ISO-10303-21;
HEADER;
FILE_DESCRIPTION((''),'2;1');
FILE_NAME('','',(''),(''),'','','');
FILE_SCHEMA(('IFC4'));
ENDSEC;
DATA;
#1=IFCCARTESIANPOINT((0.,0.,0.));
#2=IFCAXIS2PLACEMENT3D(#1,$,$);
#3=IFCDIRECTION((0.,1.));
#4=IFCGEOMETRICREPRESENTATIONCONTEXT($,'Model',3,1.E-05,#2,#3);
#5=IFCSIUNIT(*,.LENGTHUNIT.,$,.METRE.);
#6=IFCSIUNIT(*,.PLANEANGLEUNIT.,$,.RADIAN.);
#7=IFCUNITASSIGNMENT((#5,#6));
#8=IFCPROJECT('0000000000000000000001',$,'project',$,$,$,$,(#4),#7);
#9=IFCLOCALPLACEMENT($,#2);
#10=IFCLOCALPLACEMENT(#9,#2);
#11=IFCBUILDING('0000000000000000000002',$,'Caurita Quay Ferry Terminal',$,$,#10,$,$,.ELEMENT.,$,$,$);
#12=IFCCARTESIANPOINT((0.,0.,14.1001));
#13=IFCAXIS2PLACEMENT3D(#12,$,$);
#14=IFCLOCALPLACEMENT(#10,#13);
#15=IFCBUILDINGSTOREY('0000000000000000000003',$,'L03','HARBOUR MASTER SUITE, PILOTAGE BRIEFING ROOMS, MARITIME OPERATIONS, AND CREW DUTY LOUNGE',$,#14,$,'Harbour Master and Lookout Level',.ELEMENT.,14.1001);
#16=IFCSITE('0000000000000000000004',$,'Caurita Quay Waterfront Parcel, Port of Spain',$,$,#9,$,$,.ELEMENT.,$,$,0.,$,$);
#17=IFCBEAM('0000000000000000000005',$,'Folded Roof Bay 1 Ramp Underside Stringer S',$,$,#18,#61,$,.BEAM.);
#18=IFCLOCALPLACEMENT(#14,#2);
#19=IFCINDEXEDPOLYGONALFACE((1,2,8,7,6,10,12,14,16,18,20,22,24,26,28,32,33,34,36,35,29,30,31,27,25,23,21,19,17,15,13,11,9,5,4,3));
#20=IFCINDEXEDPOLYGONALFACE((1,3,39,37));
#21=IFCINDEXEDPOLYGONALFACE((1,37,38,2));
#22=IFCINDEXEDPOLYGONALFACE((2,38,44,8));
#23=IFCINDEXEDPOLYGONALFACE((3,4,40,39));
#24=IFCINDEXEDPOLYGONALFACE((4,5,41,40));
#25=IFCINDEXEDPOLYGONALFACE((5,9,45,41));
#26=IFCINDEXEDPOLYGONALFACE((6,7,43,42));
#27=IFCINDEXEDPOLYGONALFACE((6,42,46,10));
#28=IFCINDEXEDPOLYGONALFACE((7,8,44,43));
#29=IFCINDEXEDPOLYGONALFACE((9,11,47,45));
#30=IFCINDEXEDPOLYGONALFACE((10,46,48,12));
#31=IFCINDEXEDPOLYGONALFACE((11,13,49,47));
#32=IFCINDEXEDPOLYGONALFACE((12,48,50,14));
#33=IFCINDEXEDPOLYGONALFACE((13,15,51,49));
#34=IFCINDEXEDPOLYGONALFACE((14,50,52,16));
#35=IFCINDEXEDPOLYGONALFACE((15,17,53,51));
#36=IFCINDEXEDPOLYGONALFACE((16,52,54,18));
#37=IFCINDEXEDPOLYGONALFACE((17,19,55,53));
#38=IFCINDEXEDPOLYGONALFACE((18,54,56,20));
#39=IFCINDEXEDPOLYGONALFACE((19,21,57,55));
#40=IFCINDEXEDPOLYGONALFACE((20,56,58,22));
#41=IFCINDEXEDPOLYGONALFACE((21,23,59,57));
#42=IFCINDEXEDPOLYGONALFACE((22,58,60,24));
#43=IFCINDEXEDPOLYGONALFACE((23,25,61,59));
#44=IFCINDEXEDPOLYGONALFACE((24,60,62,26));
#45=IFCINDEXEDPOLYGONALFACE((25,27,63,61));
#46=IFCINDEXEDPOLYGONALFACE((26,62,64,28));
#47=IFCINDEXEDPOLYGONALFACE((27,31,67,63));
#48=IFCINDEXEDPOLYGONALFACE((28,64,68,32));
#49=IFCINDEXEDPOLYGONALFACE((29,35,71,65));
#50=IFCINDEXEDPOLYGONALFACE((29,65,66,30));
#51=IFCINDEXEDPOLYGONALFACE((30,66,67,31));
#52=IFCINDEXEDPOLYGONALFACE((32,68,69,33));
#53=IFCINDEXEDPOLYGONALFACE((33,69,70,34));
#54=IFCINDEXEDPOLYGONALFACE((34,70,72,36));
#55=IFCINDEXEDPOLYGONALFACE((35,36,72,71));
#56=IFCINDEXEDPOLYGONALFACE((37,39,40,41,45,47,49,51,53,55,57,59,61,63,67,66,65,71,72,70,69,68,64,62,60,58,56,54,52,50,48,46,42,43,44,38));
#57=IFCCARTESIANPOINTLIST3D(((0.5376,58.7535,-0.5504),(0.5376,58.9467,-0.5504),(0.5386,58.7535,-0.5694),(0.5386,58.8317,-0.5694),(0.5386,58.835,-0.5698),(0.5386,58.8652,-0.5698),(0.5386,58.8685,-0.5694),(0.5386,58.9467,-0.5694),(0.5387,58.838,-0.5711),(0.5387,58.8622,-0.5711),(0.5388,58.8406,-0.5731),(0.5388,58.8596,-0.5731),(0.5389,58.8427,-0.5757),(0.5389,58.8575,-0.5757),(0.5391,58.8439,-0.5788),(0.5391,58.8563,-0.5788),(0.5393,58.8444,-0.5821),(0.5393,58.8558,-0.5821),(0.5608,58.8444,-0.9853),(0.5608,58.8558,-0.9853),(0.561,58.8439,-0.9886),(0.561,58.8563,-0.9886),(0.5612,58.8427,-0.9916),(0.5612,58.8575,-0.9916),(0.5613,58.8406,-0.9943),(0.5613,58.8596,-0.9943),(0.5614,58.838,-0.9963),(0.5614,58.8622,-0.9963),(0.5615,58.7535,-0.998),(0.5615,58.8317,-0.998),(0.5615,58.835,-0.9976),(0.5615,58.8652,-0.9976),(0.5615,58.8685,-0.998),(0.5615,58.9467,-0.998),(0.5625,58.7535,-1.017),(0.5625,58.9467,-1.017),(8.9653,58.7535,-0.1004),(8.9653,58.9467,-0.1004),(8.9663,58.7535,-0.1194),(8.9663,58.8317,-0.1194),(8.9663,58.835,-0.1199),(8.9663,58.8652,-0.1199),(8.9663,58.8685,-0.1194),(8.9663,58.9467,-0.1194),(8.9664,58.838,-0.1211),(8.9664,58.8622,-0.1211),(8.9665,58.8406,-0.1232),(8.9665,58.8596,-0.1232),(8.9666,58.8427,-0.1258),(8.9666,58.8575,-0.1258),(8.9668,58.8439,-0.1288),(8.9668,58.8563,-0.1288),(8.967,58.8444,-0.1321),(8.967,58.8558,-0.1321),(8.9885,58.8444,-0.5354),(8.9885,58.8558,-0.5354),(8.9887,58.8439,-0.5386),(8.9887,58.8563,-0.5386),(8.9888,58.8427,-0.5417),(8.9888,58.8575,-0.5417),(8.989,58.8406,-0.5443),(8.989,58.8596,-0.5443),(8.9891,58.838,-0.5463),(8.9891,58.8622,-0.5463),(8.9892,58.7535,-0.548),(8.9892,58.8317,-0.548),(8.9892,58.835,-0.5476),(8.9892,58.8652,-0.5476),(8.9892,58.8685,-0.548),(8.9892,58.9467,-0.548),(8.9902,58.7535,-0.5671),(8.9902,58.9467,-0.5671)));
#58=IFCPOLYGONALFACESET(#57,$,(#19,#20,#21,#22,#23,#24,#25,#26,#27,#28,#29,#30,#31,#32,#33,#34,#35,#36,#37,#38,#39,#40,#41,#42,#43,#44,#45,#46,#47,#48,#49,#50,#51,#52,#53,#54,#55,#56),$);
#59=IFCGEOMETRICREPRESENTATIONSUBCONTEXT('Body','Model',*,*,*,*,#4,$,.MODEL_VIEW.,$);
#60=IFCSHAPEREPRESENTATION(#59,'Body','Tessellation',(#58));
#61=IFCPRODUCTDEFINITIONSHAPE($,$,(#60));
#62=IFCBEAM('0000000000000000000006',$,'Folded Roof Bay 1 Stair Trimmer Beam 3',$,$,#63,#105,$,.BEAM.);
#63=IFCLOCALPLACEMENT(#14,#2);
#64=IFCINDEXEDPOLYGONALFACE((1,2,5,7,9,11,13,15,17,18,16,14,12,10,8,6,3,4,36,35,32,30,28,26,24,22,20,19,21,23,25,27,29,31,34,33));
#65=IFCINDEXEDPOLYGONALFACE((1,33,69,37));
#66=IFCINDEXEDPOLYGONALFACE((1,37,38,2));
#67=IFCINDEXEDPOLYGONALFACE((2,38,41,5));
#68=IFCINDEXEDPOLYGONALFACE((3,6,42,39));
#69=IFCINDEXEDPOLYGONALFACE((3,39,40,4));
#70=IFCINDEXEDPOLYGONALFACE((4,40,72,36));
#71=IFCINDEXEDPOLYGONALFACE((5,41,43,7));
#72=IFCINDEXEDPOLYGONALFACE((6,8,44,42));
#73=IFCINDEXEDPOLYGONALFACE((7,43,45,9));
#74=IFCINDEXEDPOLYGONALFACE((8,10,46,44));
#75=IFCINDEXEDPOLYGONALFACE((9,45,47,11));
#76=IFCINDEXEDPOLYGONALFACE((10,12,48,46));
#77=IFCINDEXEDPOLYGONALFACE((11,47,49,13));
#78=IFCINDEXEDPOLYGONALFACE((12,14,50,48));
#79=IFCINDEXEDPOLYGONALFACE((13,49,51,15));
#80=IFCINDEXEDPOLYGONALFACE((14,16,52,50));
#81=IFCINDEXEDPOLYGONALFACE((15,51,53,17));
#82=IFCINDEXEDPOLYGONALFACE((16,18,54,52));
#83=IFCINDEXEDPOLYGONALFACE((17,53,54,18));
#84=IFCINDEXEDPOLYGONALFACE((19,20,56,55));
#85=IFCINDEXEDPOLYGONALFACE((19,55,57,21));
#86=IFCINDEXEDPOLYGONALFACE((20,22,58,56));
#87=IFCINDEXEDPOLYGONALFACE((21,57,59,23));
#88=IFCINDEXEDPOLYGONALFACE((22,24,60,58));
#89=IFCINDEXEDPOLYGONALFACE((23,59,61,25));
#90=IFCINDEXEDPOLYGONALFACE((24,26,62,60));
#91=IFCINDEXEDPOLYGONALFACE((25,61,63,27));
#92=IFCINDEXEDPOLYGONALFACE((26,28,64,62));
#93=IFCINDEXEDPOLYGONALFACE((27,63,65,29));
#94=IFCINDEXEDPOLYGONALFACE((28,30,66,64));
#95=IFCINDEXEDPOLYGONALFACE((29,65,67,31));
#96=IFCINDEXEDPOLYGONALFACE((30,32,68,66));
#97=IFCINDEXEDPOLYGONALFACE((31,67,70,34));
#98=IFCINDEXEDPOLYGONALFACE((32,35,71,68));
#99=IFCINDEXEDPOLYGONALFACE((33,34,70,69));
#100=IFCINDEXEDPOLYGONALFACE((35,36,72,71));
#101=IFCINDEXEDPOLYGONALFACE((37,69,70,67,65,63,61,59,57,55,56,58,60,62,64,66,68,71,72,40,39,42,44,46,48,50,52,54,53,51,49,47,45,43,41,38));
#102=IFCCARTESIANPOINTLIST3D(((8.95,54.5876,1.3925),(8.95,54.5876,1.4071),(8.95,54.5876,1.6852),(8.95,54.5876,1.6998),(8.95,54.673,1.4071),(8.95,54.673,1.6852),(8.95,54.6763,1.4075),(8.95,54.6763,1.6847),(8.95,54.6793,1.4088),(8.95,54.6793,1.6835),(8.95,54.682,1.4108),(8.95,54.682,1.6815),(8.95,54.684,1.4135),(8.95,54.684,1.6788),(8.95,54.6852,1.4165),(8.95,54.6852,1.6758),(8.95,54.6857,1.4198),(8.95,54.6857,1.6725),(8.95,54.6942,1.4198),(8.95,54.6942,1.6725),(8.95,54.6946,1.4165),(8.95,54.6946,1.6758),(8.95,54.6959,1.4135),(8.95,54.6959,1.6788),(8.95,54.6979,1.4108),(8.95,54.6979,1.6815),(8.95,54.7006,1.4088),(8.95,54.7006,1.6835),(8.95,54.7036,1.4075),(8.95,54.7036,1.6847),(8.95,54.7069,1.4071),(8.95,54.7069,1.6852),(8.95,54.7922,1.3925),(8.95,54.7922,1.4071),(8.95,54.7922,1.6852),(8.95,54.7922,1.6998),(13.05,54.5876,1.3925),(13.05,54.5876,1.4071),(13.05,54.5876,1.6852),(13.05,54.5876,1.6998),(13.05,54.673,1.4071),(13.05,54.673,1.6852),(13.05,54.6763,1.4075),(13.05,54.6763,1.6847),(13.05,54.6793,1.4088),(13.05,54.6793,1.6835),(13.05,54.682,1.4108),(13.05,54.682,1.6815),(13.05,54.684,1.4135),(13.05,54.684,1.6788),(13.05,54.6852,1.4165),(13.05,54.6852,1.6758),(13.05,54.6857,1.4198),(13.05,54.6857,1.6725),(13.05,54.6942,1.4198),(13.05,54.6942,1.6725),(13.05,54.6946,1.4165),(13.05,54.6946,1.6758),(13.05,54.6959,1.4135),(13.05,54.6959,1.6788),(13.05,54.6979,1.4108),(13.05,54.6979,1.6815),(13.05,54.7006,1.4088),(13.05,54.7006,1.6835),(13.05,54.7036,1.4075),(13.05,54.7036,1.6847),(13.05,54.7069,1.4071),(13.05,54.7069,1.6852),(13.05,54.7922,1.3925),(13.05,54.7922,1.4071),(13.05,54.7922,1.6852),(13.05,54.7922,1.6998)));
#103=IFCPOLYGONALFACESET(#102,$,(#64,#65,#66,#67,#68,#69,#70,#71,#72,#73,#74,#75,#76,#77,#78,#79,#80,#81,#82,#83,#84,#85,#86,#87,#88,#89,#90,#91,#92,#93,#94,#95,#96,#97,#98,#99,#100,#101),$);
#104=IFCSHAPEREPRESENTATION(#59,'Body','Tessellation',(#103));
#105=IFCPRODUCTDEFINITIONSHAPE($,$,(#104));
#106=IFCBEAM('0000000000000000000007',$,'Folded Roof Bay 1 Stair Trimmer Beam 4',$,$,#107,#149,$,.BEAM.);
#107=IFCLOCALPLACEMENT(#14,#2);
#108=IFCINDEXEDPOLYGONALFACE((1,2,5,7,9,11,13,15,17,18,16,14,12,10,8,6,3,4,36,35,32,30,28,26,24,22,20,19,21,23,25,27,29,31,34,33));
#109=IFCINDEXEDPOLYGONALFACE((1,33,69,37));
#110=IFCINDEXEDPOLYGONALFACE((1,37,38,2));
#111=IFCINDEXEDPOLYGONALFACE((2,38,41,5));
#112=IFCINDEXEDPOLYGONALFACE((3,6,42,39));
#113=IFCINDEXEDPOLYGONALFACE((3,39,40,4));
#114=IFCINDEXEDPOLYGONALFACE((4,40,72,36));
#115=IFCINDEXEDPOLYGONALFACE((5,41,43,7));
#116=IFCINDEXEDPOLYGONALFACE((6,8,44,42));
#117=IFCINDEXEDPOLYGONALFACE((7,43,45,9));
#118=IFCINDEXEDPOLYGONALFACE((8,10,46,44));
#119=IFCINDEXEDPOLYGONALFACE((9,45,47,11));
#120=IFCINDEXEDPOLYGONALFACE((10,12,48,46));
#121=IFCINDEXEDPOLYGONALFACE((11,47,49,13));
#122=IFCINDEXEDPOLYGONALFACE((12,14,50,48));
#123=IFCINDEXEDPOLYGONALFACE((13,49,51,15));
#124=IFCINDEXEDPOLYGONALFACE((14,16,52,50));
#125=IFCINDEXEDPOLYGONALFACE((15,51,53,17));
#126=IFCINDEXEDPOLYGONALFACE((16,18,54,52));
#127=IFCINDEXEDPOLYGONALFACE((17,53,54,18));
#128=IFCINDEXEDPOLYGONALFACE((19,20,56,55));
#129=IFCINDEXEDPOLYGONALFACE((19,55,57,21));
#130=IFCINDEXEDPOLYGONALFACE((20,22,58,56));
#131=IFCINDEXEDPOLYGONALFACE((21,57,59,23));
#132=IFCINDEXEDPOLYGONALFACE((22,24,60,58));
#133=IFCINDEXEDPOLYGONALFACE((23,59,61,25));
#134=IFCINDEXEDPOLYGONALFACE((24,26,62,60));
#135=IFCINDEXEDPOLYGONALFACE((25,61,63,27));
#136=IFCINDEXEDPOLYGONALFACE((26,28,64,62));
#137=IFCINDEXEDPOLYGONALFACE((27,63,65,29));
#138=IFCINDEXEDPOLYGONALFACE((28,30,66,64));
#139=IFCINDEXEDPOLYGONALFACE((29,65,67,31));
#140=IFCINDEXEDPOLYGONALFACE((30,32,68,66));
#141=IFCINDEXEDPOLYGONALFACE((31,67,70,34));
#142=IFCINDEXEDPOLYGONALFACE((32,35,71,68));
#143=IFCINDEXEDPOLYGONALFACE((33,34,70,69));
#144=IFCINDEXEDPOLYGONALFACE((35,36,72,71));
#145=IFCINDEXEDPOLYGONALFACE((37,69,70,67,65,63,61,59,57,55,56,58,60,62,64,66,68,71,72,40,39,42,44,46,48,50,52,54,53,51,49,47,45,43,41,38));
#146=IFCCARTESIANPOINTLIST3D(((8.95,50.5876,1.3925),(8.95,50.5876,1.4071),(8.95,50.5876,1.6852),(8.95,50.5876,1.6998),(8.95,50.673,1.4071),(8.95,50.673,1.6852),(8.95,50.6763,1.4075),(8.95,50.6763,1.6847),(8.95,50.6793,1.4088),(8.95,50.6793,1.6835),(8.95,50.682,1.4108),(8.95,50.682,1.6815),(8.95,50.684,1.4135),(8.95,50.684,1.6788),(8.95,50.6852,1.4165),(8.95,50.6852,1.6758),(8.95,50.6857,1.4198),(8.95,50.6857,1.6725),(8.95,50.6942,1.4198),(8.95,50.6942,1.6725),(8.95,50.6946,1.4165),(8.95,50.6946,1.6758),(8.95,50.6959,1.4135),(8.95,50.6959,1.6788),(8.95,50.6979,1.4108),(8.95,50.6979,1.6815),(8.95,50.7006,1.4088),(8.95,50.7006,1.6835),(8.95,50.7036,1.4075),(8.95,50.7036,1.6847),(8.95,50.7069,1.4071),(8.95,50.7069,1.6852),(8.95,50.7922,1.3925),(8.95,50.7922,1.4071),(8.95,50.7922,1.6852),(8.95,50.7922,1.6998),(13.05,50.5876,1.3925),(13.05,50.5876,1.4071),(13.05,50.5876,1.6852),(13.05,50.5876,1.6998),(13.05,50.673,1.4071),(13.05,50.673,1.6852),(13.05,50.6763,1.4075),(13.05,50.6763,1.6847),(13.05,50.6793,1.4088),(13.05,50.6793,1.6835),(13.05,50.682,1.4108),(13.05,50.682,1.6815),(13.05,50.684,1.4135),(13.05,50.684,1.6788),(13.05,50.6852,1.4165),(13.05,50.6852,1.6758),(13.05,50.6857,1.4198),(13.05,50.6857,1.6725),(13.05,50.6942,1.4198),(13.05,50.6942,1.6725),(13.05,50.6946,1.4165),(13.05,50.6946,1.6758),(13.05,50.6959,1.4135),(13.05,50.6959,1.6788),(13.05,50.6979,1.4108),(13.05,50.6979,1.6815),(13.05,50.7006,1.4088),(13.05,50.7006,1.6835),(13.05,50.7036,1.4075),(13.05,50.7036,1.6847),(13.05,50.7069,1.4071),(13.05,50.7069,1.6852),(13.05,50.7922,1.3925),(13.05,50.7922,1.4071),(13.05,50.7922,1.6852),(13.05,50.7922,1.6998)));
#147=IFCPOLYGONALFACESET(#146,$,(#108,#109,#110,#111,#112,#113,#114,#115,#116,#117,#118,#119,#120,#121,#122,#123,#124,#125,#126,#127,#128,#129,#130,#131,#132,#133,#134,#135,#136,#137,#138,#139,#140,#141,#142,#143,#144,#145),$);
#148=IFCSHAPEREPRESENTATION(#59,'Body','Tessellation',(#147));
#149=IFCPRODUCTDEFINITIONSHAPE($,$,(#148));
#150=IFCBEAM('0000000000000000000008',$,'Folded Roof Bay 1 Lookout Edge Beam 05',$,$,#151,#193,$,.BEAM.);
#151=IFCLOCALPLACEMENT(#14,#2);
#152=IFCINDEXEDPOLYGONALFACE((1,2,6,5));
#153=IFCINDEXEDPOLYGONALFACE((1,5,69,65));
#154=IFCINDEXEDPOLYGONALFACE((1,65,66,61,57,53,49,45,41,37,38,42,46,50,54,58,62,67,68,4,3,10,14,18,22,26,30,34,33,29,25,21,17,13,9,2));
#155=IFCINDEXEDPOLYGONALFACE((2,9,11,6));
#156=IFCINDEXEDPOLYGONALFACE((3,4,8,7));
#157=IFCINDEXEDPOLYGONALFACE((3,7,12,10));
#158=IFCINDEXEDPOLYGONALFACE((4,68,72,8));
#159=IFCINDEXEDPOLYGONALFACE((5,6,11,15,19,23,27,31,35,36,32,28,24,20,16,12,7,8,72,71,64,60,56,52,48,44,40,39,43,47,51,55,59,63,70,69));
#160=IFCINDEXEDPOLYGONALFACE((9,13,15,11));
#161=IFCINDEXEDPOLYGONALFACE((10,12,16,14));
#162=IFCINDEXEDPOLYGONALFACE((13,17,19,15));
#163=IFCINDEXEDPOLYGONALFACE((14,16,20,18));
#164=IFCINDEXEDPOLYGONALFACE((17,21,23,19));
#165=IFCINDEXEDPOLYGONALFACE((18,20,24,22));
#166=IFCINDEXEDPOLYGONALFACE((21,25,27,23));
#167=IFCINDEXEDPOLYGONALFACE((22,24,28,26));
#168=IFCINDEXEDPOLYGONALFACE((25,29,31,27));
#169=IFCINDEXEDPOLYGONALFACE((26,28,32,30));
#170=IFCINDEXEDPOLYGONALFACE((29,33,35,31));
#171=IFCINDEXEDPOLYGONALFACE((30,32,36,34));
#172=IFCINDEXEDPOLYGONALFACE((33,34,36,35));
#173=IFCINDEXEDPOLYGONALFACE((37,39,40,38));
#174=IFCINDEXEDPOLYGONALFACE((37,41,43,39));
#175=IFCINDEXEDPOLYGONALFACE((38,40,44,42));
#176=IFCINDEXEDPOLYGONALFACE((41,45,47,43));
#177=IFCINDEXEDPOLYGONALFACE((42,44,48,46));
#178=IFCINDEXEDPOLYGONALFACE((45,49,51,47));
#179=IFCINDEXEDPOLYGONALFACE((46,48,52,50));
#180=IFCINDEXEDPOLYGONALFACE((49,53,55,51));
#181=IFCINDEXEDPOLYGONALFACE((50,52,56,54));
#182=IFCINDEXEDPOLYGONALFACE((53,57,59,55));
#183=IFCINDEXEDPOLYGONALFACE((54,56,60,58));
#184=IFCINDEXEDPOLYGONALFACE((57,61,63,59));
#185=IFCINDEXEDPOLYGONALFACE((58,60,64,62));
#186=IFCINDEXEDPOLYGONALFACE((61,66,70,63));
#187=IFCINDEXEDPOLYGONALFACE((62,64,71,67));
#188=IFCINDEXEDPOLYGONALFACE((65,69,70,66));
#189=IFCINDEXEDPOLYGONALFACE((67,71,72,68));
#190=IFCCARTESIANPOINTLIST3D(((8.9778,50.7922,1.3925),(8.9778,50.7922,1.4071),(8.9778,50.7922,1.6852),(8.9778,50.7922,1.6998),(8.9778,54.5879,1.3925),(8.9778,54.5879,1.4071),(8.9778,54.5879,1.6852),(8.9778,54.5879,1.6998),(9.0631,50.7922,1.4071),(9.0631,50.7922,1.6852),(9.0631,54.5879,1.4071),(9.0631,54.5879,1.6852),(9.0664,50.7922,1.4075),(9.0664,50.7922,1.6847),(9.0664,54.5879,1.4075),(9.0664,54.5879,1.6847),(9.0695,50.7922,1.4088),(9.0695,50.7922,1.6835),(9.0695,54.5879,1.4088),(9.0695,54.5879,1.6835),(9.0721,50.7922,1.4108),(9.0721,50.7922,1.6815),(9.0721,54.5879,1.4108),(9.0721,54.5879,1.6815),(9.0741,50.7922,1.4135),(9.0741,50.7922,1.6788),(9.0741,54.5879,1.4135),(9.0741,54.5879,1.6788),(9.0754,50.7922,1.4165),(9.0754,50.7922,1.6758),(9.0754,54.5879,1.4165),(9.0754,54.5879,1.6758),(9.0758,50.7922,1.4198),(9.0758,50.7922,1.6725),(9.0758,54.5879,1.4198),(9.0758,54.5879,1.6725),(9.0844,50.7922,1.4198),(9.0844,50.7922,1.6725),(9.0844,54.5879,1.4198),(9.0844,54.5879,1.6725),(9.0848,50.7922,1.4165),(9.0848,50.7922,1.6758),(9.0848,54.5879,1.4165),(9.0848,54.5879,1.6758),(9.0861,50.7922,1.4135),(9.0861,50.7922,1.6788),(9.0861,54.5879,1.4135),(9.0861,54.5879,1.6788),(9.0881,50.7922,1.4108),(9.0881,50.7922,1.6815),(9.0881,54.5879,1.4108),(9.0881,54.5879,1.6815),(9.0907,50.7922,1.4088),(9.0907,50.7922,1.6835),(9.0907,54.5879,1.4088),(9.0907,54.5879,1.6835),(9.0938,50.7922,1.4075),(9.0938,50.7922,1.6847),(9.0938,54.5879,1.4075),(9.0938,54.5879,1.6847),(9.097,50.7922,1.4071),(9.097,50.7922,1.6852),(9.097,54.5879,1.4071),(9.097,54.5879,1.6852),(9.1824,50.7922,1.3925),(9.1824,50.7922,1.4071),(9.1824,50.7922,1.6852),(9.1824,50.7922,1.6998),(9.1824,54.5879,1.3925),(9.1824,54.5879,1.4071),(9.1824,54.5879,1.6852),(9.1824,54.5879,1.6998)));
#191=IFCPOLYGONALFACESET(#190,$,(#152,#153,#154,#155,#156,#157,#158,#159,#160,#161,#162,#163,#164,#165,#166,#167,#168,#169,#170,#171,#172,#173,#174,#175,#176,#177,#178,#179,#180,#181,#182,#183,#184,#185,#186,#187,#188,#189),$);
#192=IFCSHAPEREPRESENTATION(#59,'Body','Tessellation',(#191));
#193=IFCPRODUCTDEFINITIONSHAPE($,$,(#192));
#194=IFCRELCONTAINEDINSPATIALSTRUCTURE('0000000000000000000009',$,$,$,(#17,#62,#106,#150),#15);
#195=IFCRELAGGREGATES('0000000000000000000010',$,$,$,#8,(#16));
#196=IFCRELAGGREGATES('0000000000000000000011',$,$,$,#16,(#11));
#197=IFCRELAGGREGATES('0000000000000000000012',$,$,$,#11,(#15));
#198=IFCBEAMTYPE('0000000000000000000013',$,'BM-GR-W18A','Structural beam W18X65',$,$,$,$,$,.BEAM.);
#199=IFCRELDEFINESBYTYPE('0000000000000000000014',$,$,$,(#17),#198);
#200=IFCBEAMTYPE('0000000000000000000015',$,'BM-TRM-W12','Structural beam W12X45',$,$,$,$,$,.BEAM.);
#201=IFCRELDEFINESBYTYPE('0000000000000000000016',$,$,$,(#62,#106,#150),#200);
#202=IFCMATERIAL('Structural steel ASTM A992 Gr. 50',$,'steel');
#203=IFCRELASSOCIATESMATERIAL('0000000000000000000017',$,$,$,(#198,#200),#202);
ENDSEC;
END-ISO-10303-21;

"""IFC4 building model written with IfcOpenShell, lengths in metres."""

from ifc_helpers import new_model, si_unit, direction, frame, origin, origin_2d, place, context, subcontext, project, spatial, i_section, extrude, material, material_profile, profile_set, type_object, element, save


model = new_model("IFC4")

# Units and contexts
model_context = context("Model", 3, precision=1e-05, world=origin(), true_north=direction((0.0, 1.0)))
body_context = subcontext(model_context, "Body", "Model", "MODEL_VIEW")
ifc_project = project(units=[si_unit("LENGTHUNIT", "METRE"), si_unit("PLANEANGLEUNIT", "RADIAN")], contexts=[model_context])

# Site, building, storey
site_placement = place(None, origin())
site = spatial("IfcSite", under=ifc_project, at=site_placement, Name="Caurita Quay Waterfront Parcel, Port of Spain", CompositionType="ELEMENT", RefElevation=0.0)
building_placement = place(site_placement, origin())
building = spatial("IfcBuilding", under=site, at=building_placement, Name="Caurita Quay Ferry Terminal", CompositionType="ELEMENT")
storey_placement = place(building_placement, frame((0.0, 0.0, 14.1001)))
storey = spatial("IfcBuildingStorey", under=building, at=storey_placement, Name="L03", Description="HARBOUR MASTER SUITE, PILOTAGE BRIEFING ROOMS, MARITIME OPERATIONS, AND CREW DUTY LOUNGE", LongName="Harbour Master and Lookout Level", CompositionType="ELEMENT", Elevation=14.1001)

# Beams
ifc_material_1 = material(Name="Structural steel ASTM A992 Gr. 50", Category="steel")
ifc_material_profile_1 = material_profile(ifc_material_1, i_section(OverallWidth=0.1931, OverallDepth=0.4673, WebThickness=0.0115, FlangeThickness=0.019, FilletRadius=0.0127, at=origin_2d()), Name="W18X65")
ifc_profile_set_1 = profile_set([ifc_material_profile_1], Name="Structural steel ASTM A992 Gr. 50")
beam_type_1 = type_object("IfcBeamType", Name="BM-GR-W18A", Description="Structural beam W18X65", PredefinedType="BEAM", material=ifc_profile_set_1)
beam_placement = place(storey_placement, frame((0.55, 58.8501, -0.7837), z_axis=(0.998578, 0.0, 0.053313), x_axis=(0.0, 1.0, 0.0)))
element("IfcBeam", 1, at=beam_placement, inside=storey, type_object=beam_type_1, Name="Folded Roof Bay 1 Ramp Underside Stringer S", PredefinedType="BEAM", context=body_context, shape_type="SweptSolid", body=[
    extrude(i_section(OverallWidth=0.1931, OverallDepth=0.4673, WebThickness=0.0115, FlangeThickness=0.019, FilletRadius=0.0127, at=origin_2d()), origin(), (0.0, 0.0, 1.0), 8.4397),
])
ifc_material_profile_2 = material_profile(ifc_material_1, i_section(OverallWidth=0.2046, OverallDepth=0.3074, WebThickness=0.0085, FlangeThickness=0.0146, FilletRadius=0.0127, at=origin_2d()), Name="W12X45")
ifc_profile_set_2 = profile_set([ifc_material_profile_2], Name="Structural steel ASTM A992 Gr. 50")
beam_type_2 = type_object("IfcBeamType", Name="BM-TRM-W12", Description="Structural beam W12X45", PredefinedType="BEAM", material=ifc_profile_set_2)
for number, where, z_axis, x_axis, name in (
    (2, (8.95, 54.6899, 1.5461), (1.0, 0.0, 0.0), (0.0, 1.0, 0.0), "Folded Roof Bay 1 Stair Trimmer Beam 3"),
    (3, (8.95, 50.6899, 1.5461), (1.0, 0.0, 0.0), (0.0, 1.0, 0.0), "Folded Roof Bay 1 Stair Trimmer Beam 4"),
):
    element("IfcBeam", number, at=place(storey_placement, frame(where, z_axis=z_axis, x_axis=x_axis)), inside=storey, type_object=beam_type_2, Name=name, PredefinedType="BEAM", context=body_context, shape_type="SweptSolid", body=[
        extrude(i_section(OverallWidth=0.2046, OverallDepth=0.3074, WebThickness=0.0085, FlangeThickness=0.0146, FilletRadius=0.0127, at=origin_2d()), origin(), (0.0, 0.0, 1.0), 4.1001),
    ])
for number, where, z_axis, x_axis, name in (
    (4, (9.0801, 54.5879, 1.5461), (0.0, -1.0, 0.0), (1.0, 0.0, 0.0), "Folded Roof Bay 1 Lookout Edge Beam 05"),
):
    element("IfcBeam", number, at=place(storey_placement, frame(where, z_axis=z_axis, x_axis=x_axis)), inside=storey, type_object=beam_type_2, Name=name, PredefinedType="BEAM", context=body_context, shape_type="SweptSolid", body=[
        extrude(i_section(OverallWidth=0.2046, OverallDepth=0.3074, WebThickness=0.0085, FlangeThickness=0.0146, FilletRadius=0.0127, at=origin_2d()), origin(), (0.0, 0.0, 1.0), 3.7957),
    ])

save(model, "model.ifc")
